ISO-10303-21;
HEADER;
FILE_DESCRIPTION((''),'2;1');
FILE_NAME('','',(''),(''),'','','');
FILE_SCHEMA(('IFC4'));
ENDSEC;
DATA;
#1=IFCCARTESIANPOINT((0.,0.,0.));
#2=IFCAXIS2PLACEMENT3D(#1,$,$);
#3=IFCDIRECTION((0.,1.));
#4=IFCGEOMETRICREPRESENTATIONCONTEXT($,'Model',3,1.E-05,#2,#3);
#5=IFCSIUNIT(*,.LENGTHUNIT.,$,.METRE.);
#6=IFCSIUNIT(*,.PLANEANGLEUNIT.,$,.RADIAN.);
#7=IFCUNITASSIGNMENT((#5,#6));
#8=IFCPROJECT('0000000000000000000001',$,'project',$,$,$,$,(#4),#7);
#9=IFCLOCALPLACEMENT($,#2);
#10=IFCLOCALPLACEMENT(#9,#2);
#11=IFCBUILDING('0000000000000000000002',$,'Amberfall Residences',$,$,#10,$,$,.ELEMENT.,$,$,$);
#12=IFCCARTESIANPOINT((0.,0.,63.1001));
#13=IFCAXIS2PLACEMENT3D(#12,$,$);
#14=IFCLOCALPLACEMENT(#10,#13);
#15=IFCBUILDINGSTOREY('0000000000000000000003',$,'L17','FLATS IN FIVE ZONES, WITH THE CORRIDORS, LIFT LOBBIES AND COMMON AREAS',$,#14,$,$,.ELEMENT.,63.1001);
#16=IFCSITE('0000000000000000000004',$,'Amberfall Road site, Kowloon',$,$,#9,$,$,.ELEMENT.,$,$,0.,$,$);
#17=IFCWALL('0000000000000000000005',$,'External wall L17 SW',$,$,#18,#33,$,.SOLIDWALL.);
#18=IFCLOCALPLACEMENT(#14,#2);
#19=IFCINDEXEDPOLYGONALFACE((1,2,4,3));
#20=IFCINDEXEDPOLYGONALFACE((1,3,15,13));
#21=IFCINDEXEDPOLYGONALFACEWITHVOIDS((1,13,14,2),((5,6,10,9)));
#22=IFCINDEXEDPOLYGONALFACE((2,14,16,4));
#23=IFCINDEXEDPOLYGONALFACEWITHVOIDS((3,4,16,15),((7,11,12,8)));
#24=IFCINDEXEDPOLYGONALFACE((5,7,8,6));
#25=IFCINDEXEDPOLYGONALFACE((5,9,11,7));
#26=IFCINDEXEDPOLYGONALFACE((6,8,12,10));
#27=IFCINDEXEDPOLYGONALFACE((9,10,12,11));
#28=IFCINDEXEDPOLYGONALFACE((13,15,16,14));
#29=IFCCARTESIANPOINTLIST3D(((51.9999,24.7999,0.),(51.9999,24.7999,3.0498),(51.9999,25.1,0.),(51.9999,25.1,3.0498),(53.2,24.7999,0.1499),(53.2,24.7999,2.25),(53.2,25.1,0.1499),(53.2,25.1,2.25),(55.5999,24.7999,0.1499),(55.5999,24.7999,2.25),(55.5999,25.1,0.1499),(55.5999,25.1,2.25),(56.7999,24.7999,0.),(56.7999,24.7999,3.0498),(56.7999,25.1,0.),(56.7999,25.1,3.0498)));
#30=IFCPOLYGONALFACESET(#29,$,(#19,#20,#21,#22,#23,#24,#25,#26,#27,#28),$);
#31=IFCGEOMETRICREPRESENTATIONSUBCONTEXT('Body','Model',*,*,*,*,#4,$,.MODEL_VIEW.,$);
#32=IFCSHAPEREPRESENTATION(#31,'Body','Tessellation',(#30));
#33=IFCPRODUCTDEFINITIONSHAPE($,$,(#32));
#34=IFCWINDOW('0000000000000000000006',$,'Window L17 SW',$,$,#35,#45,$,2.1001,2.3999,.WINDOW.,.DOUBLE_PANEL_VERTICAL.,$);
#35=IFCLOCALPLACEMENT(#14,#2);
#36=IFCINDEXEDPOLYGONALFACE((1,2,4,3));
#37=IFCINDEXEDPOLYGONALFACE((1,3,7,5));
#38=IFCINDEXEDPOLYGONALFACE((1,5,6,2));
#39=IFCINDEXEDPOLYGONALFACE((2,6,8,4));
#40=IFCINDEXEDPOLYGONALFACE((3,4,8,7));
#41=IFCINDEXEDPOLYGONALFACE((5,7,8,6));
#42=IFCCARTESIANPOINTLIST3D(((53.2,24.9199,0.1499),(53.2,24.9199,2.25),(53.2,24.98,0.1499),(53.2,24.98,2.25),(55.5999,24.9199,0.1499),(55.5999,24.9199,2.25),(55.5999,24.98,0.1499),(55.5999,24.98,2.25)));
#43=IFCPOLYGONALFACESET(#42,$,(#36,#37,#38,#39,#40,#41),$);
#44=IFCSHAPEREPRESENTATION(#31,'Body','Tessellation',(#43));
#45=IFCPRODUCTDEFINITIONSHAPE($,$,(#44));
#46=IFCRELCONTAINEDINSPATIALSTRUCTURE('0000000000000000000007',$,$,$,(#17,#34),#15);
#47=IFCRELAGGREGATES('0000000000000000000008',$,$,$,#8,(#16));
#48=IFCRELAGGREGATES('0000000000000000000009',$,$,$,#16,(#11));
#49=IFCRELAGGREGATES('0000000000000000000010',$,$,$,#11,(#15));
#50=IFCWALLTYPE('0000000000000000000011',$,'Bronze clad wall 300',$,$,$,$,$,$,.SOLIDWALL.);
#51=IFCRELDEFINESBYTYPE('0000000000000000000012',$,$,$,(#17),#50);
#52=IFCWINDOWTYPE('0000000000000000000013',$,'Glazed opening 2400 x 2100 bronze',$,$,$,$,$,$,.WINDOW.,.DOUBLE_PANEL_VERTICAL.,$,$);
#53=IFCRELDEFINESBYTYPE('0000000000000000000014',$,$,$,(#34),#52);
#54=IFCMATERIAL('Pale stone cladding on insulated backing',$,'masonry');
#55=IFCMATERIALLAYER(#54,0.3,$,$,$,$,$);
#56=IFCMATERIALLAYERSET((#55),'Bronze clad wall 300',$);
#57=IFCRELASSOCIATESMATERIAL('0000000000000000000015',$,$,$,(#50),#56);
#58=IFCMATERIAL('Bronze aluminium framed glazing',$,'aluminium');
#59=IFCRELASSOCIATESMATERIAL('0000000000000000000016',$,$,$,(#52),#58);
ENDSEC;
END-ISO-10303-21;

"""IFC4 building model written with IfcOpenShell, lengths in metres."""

from ifc_helpers import new_model, si_unit, direction, frame, frame_2d, origin, place, context, subcontext, project, spatial, rectangle, extrude, material, layer, layer_set, type_object, element, fill, save


model = new_model("IFC4")

# Units and contexts
model_context = context("Model", 3, precision=1e-05, world=origin(), true_north=direction((0.0, 1.0)))
body_context = subcontext(model_context, "Body", "Model", "MODEL_VIEW")
ifc_project = project(units=[si_unit("LENGTHUNIT", "METRE"), si_unit("PLANEANGLEUNIT", "RADIAN")], contexts=[model_context])

# Site, building, storey
site_placement = place(None, origin())
site = spatial("IfcSite", under=ifc_project, at=site_placement, Name="Amberfall Road site, Kowloon", CompositionType="ELEMENT", RefElevation=0.0)
building_placement = place(site_placement, origin())
building = spatial("IfcBuilding", under=site, at=building_placement, Name="Amberfall Residences", CompositionType="ELEMENT")
storey_placement = place(building_placement, frame((0.0, 0.0, 63.1001)))
storey = spatial("IfcBuildingStorey", under=building, at=storey_placement, Name="L17", Description="FLATS IN FIVE ZONES, WITH THE CORRIDORS, LIFT LOBBIES AND COMMON AREAS", CompositionType="ELEMENT", Elevation=63.1001)

# Wall, opening, window
ifc_material_1 = material(Name="Pale stone cladding on insulated backing", Category="masonry")
ifc_layer_1 = layer(ifc_material_1, 0.3)
ifc_layer_set_1 = layer_set([ifc_layer_1], Name="Bronze clad wall 300")
wall_type = type_object("IfcWallType", Name="Bronze clad wall 300", PredefinedType="SOLIDWALL", material=ifc_layer_set_1)
wall_placement = place(storey_placement, frame((52.0, 24.95, 0.0), z_axis=(0.0, 0.0, 1.0), x_axis=(1.0, 0.0, 0.0)))
wall = element("IfcWall", 1, at=wall_placement, inside=storey, type_object=wall_type, Name="External wall L17 SW", PredefinedType="SOLIDWALL", context=body_context, shape_type="SweptSolid", body=[
    extrude(rectangle(XDim=4.8, YDim=0.3, at=frame_2d((2.3999, 0.0))), origin(), (0.0, 0.0, 1.0), 3.0498),
])
opening_placement = place(wall_placement, frame((1.2, 0.0, 0.1499)))
opening = element("IfcOpeningElement", 2, at=opening_placement, cuts=wall, PredefinedType="OPENING", context=body_context, shape_type="SweptSolid", body=[
    extrude(rectangle(XDim=2.3999, YDim=2.1001, at=frame_2d((1.2, 1.05))), frame((0.0, 0.1599, 0.0), z_axis=(0.0, -1.0, 0.0), x_axis=(1.0, 0.0, 0.0)), (0.0, 0.0, 1.0), 0.3201),
])
ifc_material_2 = material(Name="Bronze aluminium framed glazing", Category="aluminium")
window_type = type_object("IfcWindowType", Name="Glazed opening 2400 x 2100 bronze", PartitioningType="DOUBLE_PANEL_VERTICAL", PredefinedType="WINDOW", material=ifc_material_2)
window_placement = place(opening_placement, origin())
window = element("IfcWindow", 3, at=window_placement, inside=storey, type_object=window_type, Name="Window L17 SW", OverallHeight=2.1001, OverallWidth=2.3999, PartitioningType="DOUBLE_PANEL_VERTICAL", PredefinedType="WINDOW", context=body_context, shape_type="SweptSolid", body=[
    extrude(rectangle(XDim=2.3999, YDim=2.1001, at=frame_2d((1.2, 1.05))), frame((0.0, 0.03, 0.0), z_axis=(0.0, -1.0, 0.0), x_axis=(1.0, 0.0, 0.0)), (0.0, 0.0, 1.0), 0.0601),
])
fill(opening, window)

save(model, "model.ifc")
